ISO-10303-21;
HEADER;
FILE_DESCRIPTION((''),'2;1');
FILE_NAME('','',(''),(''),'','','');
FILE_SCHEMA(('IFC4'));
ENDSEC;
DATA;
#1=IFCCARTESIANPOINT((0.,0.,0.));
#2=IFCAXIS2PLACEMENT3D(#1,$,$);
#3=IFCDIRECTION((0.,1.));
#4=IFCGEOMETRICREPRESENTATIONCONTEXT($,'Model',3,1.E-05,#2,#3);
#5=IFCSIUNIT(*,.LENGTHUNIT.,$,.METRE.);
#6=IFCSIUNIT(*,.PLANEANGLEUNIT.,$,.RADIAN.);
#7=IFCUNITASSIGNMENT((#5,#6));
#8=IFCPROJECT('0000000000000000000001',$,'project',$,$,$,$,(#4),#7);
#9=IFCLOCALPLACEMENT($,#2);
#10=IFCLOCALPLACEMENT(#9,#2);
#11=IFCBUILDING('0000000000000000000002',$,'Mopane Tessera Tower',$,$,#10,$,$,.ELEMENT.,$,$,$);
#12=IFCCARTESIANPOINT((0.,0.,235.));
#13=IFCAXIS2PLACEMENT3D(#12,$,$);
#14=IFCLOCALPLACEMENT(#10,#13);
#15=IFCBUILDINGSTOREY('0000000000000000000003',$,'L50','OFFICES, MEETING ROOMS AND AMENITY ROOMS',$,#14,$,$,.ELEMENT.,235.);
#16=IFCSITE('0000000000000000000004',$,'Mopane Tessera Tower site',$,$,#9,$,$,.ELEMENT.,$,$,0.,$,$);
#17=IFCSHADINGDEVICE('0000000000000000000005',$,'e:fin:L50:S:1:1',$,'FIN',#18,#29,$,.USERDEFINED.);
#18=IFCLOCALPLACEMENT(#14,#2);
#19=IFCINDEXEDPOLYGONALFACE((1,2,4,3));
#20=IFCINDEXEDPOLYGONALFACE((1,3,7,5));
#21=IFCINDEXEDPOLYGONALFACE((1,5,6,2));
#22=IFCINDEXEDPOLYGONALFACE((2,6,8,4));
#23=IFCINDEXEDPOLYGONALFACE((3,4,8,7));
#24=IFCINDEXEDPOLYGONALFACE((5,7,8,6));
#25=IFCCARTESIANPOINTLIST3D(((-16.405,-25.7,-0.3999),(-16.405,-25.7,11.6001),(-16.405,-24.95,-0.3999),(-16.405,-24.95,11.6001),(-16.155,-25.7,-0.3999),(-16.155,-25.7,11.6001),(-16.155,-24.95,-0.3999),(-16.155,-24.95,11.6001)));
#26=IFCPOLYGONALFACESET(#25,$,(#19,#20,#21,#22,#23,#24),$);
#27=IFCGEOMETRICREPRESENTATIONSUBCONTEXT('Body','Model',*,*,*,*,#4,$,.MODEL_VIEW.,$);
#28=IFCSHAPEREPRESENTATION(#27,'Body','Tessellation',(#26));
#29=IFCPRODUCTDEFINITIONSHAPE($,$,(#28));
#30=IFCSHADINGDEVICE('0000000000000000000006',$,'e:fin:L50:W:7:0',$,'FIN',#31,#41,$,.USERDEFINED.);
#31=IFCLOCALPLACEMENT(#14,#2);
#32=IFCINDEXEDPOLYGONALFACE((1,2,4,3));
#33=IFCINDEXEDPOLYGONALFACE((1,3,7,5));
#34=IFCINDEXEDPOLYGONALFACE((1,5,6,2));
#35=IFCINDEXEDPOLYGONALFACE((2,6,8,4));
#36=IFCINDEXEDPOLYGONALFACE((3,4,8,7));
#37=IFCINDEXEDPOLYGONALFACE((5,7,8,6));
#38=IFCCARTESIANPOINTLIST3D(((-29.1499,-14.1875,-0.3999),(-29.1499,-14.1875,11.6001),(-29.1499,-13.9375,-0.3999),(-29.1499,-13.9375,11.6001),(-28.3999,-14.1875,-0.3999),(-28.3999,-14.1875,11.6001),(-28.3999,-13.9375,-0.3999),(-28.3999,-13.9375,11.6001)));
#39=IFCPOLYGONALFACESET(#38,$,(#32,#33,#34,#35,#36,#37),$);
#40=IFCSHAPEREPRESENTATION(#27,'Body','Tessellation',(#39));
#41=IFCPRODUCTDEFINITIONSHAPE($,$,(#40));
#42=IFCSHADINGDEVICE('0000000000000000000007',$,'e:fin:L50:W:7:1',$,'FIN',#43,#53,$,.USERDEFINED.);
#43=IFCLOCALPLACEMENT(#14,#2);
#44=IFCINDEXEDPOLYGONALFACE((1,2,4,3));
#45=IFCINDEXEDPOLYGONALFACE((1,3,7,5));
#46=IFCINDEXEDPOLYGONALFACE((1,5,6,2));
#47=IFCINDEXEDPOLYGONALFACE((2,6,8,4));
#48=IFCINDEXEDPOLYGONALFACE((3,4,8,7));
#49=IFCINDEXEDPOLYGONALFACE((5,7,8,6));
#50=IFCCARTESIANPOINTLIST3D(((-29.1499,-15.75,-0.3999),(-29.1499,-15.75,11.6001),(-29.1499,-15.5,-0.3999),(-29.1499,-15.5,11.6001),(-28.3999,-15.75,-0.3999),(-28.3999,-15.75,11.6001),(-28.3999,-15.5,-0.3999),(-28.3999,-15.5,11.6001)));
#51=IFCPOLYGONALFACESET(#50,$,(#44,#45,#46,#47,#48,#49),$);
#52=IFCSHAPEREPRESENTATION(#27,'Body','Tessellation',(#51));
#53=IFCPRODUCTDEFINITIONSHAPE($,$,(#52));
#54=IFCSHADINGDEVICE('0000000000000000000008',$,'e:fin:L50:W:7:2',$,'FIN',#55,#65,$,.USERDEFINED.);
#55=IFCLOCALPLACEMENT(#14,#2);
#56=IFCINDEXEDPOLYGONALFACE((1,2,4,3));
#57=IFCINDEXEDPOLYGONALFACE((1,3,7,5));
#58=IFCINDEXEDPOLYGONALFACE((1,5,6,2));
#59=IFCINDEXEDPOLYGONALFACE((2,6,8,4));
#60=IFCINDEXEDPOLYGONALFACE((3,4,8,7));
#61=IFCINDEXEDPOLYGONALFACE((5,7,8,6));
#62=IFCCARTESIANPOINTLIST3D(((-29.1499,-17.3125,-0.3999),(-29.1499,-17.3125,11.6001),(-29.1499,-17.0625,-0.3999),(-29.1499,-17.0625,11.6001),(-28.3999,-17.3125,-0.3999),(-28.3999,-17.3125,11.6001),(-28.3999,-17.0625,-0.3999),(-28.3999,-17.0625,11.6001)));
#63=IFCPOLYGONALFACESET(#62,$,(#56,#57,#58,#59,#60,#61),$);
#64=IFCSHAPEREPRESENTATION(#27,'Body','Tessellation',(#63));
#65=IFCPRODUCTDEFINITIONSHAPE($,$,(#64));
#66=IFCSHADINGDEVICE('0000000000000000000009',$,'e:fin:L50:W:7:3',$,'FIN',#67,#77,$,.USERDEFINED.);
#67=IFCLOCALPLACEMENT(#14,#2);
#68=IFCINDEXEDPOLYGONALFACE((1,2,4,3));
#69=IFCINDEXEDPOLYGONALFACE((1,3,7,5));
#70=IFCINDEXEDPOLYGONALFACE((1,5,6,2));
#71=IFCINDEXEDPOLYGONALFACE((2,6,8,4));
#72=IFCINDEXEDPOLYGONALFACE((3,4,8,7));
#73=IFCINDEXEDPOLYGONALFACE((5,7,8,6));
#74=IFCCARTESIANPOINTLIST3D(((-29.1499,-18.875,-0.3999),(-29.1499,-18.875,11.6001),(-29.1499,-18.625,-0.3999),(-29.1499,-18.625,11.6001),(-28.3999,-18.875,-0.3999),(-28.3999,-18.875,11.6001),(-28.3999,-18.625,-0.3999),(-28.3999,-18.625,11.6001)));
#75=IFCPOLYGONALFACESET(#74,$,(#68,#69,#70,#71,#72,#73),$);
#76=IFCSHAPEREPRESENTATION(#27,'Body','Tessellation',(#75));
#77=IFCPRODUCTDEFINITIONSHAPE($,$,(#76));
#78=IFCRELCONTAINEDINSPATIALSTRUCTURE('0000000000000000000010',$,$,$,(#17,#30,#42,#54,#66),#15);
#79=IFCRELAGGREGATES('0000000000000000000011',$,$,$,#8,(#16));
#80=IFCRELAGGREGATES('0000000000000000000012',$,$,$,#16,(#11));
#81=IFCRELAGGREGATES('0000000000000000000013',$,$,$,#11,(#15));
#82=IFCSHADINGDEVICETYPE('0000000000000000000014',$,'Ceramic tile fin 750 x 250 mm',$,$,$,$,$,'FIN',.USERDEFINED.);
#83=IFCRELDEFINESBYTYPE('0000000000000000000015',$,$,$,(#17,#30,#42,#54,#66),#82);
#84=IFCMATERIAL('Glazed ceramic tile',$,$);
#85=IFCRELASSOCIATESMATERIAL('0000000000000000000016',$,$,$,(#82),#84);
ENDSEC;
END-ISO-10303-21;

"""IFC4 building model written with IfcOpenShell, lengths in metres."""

from ifc_helpers import new_model, si_unit, direction, frame, origin, origin_2d, place, context, subcontext, project, spatial, rectangle, extrude, material, type_object, element, save


model = new_model("IFC4")

# Units and contexts
model_context = context("Model", 3, precision=1e-05, world=origin(), true_north=direction((0.0, 1.0)))
body_context = subcontext(model_context, "Body", "Model", "MODEL_VIEW")
ifc_project = project(units=[si_unit("LENGTHUNIT", "METRE"), si_unit("PLANEANGLEUNIT", "RADIAN")], contexts=[model_context])

# Site, building, storey
site_placement = place(None, origin())
site = spatial("IfcSite", under=ifc_project, at=site_placement, Name="Mopane Tessera Tower site", CompositionType="ELEMENT", RefElevation=0.0)
building_placement = place(site_placement, origin())
building = spatial("IfcBuilding", under=site, at=building_placement, Name="Mopane Tessera Tower", CompositionType="ELEMENT")
storey_placement = place(building_placement, frame((0.0, 0.0, 235.0)))
storey = spatial("IfcBuildingStorey", under=building, at=storey_placement, Name="L50", Description="OFFICES, MEETING ROOMS AND AMENITY ROOMS", CompositionType="ELEMENT", Elevation=235.0)

# Shading devices
ifc_material_1 = material(Name="Glazed ceramic tile")
shading_device_type = type_object("IfcShadingDeviceType", Name="Ceramic tile fin 750 x 250 mm", ElementType="FIN", PredefinedType="USERDEFINED", material=ifc_material_1)
for number, where, z_axis, x_axis, name in (
    (1, (-16.28, -25.325, -0.3999), (0.0, 0.0, 1.0), (1.0, 0.0, 0.0), "e:fin:L50:S:1:1"),
    (2, (-28.7749, -14.0625, -0.3999), (0.0, 0.0, 1.0), (0.0, -1.0, 0.0), "e:fin:L50:W:7:0"),
    (3, (-28.7749, -15.625, -0.3999), (0.0, 0.0, 1.0), (0.0, -1.0, 0.0), "e:fin:L50:W:7:1"),
    (4, (-28.7749, -17.1875, -0.3999), (0.0, 0.0, 1.0), (0.0, -1.0, 0.0), "e:fin:L50:W:7:2"),
    (5, (-28.7749, -18.75, -0.3999), (0.0, 0.0, 1.0), (0.0, -1.0, 0.0), "e:fin:L50:W:7:3"),
):
    element("IfcShadingDevice", number, at=place(storey_placement, frame(where, z_axis=z_axis, x_axis=x_axis)), inside=storey, type_object=shading_device_type, Name=name, ObjectType="FIN", PredefinedType="USERDEFINED", context=body_context, shape_type="SweptSolid", body=[
        extrude(rectangle(XDim=0.25, YDim=0.75, at=origin_2d()), origin(), (0.0, 0.0, 1.0), 12.0),
    ])

save(model, "model.ifc")
